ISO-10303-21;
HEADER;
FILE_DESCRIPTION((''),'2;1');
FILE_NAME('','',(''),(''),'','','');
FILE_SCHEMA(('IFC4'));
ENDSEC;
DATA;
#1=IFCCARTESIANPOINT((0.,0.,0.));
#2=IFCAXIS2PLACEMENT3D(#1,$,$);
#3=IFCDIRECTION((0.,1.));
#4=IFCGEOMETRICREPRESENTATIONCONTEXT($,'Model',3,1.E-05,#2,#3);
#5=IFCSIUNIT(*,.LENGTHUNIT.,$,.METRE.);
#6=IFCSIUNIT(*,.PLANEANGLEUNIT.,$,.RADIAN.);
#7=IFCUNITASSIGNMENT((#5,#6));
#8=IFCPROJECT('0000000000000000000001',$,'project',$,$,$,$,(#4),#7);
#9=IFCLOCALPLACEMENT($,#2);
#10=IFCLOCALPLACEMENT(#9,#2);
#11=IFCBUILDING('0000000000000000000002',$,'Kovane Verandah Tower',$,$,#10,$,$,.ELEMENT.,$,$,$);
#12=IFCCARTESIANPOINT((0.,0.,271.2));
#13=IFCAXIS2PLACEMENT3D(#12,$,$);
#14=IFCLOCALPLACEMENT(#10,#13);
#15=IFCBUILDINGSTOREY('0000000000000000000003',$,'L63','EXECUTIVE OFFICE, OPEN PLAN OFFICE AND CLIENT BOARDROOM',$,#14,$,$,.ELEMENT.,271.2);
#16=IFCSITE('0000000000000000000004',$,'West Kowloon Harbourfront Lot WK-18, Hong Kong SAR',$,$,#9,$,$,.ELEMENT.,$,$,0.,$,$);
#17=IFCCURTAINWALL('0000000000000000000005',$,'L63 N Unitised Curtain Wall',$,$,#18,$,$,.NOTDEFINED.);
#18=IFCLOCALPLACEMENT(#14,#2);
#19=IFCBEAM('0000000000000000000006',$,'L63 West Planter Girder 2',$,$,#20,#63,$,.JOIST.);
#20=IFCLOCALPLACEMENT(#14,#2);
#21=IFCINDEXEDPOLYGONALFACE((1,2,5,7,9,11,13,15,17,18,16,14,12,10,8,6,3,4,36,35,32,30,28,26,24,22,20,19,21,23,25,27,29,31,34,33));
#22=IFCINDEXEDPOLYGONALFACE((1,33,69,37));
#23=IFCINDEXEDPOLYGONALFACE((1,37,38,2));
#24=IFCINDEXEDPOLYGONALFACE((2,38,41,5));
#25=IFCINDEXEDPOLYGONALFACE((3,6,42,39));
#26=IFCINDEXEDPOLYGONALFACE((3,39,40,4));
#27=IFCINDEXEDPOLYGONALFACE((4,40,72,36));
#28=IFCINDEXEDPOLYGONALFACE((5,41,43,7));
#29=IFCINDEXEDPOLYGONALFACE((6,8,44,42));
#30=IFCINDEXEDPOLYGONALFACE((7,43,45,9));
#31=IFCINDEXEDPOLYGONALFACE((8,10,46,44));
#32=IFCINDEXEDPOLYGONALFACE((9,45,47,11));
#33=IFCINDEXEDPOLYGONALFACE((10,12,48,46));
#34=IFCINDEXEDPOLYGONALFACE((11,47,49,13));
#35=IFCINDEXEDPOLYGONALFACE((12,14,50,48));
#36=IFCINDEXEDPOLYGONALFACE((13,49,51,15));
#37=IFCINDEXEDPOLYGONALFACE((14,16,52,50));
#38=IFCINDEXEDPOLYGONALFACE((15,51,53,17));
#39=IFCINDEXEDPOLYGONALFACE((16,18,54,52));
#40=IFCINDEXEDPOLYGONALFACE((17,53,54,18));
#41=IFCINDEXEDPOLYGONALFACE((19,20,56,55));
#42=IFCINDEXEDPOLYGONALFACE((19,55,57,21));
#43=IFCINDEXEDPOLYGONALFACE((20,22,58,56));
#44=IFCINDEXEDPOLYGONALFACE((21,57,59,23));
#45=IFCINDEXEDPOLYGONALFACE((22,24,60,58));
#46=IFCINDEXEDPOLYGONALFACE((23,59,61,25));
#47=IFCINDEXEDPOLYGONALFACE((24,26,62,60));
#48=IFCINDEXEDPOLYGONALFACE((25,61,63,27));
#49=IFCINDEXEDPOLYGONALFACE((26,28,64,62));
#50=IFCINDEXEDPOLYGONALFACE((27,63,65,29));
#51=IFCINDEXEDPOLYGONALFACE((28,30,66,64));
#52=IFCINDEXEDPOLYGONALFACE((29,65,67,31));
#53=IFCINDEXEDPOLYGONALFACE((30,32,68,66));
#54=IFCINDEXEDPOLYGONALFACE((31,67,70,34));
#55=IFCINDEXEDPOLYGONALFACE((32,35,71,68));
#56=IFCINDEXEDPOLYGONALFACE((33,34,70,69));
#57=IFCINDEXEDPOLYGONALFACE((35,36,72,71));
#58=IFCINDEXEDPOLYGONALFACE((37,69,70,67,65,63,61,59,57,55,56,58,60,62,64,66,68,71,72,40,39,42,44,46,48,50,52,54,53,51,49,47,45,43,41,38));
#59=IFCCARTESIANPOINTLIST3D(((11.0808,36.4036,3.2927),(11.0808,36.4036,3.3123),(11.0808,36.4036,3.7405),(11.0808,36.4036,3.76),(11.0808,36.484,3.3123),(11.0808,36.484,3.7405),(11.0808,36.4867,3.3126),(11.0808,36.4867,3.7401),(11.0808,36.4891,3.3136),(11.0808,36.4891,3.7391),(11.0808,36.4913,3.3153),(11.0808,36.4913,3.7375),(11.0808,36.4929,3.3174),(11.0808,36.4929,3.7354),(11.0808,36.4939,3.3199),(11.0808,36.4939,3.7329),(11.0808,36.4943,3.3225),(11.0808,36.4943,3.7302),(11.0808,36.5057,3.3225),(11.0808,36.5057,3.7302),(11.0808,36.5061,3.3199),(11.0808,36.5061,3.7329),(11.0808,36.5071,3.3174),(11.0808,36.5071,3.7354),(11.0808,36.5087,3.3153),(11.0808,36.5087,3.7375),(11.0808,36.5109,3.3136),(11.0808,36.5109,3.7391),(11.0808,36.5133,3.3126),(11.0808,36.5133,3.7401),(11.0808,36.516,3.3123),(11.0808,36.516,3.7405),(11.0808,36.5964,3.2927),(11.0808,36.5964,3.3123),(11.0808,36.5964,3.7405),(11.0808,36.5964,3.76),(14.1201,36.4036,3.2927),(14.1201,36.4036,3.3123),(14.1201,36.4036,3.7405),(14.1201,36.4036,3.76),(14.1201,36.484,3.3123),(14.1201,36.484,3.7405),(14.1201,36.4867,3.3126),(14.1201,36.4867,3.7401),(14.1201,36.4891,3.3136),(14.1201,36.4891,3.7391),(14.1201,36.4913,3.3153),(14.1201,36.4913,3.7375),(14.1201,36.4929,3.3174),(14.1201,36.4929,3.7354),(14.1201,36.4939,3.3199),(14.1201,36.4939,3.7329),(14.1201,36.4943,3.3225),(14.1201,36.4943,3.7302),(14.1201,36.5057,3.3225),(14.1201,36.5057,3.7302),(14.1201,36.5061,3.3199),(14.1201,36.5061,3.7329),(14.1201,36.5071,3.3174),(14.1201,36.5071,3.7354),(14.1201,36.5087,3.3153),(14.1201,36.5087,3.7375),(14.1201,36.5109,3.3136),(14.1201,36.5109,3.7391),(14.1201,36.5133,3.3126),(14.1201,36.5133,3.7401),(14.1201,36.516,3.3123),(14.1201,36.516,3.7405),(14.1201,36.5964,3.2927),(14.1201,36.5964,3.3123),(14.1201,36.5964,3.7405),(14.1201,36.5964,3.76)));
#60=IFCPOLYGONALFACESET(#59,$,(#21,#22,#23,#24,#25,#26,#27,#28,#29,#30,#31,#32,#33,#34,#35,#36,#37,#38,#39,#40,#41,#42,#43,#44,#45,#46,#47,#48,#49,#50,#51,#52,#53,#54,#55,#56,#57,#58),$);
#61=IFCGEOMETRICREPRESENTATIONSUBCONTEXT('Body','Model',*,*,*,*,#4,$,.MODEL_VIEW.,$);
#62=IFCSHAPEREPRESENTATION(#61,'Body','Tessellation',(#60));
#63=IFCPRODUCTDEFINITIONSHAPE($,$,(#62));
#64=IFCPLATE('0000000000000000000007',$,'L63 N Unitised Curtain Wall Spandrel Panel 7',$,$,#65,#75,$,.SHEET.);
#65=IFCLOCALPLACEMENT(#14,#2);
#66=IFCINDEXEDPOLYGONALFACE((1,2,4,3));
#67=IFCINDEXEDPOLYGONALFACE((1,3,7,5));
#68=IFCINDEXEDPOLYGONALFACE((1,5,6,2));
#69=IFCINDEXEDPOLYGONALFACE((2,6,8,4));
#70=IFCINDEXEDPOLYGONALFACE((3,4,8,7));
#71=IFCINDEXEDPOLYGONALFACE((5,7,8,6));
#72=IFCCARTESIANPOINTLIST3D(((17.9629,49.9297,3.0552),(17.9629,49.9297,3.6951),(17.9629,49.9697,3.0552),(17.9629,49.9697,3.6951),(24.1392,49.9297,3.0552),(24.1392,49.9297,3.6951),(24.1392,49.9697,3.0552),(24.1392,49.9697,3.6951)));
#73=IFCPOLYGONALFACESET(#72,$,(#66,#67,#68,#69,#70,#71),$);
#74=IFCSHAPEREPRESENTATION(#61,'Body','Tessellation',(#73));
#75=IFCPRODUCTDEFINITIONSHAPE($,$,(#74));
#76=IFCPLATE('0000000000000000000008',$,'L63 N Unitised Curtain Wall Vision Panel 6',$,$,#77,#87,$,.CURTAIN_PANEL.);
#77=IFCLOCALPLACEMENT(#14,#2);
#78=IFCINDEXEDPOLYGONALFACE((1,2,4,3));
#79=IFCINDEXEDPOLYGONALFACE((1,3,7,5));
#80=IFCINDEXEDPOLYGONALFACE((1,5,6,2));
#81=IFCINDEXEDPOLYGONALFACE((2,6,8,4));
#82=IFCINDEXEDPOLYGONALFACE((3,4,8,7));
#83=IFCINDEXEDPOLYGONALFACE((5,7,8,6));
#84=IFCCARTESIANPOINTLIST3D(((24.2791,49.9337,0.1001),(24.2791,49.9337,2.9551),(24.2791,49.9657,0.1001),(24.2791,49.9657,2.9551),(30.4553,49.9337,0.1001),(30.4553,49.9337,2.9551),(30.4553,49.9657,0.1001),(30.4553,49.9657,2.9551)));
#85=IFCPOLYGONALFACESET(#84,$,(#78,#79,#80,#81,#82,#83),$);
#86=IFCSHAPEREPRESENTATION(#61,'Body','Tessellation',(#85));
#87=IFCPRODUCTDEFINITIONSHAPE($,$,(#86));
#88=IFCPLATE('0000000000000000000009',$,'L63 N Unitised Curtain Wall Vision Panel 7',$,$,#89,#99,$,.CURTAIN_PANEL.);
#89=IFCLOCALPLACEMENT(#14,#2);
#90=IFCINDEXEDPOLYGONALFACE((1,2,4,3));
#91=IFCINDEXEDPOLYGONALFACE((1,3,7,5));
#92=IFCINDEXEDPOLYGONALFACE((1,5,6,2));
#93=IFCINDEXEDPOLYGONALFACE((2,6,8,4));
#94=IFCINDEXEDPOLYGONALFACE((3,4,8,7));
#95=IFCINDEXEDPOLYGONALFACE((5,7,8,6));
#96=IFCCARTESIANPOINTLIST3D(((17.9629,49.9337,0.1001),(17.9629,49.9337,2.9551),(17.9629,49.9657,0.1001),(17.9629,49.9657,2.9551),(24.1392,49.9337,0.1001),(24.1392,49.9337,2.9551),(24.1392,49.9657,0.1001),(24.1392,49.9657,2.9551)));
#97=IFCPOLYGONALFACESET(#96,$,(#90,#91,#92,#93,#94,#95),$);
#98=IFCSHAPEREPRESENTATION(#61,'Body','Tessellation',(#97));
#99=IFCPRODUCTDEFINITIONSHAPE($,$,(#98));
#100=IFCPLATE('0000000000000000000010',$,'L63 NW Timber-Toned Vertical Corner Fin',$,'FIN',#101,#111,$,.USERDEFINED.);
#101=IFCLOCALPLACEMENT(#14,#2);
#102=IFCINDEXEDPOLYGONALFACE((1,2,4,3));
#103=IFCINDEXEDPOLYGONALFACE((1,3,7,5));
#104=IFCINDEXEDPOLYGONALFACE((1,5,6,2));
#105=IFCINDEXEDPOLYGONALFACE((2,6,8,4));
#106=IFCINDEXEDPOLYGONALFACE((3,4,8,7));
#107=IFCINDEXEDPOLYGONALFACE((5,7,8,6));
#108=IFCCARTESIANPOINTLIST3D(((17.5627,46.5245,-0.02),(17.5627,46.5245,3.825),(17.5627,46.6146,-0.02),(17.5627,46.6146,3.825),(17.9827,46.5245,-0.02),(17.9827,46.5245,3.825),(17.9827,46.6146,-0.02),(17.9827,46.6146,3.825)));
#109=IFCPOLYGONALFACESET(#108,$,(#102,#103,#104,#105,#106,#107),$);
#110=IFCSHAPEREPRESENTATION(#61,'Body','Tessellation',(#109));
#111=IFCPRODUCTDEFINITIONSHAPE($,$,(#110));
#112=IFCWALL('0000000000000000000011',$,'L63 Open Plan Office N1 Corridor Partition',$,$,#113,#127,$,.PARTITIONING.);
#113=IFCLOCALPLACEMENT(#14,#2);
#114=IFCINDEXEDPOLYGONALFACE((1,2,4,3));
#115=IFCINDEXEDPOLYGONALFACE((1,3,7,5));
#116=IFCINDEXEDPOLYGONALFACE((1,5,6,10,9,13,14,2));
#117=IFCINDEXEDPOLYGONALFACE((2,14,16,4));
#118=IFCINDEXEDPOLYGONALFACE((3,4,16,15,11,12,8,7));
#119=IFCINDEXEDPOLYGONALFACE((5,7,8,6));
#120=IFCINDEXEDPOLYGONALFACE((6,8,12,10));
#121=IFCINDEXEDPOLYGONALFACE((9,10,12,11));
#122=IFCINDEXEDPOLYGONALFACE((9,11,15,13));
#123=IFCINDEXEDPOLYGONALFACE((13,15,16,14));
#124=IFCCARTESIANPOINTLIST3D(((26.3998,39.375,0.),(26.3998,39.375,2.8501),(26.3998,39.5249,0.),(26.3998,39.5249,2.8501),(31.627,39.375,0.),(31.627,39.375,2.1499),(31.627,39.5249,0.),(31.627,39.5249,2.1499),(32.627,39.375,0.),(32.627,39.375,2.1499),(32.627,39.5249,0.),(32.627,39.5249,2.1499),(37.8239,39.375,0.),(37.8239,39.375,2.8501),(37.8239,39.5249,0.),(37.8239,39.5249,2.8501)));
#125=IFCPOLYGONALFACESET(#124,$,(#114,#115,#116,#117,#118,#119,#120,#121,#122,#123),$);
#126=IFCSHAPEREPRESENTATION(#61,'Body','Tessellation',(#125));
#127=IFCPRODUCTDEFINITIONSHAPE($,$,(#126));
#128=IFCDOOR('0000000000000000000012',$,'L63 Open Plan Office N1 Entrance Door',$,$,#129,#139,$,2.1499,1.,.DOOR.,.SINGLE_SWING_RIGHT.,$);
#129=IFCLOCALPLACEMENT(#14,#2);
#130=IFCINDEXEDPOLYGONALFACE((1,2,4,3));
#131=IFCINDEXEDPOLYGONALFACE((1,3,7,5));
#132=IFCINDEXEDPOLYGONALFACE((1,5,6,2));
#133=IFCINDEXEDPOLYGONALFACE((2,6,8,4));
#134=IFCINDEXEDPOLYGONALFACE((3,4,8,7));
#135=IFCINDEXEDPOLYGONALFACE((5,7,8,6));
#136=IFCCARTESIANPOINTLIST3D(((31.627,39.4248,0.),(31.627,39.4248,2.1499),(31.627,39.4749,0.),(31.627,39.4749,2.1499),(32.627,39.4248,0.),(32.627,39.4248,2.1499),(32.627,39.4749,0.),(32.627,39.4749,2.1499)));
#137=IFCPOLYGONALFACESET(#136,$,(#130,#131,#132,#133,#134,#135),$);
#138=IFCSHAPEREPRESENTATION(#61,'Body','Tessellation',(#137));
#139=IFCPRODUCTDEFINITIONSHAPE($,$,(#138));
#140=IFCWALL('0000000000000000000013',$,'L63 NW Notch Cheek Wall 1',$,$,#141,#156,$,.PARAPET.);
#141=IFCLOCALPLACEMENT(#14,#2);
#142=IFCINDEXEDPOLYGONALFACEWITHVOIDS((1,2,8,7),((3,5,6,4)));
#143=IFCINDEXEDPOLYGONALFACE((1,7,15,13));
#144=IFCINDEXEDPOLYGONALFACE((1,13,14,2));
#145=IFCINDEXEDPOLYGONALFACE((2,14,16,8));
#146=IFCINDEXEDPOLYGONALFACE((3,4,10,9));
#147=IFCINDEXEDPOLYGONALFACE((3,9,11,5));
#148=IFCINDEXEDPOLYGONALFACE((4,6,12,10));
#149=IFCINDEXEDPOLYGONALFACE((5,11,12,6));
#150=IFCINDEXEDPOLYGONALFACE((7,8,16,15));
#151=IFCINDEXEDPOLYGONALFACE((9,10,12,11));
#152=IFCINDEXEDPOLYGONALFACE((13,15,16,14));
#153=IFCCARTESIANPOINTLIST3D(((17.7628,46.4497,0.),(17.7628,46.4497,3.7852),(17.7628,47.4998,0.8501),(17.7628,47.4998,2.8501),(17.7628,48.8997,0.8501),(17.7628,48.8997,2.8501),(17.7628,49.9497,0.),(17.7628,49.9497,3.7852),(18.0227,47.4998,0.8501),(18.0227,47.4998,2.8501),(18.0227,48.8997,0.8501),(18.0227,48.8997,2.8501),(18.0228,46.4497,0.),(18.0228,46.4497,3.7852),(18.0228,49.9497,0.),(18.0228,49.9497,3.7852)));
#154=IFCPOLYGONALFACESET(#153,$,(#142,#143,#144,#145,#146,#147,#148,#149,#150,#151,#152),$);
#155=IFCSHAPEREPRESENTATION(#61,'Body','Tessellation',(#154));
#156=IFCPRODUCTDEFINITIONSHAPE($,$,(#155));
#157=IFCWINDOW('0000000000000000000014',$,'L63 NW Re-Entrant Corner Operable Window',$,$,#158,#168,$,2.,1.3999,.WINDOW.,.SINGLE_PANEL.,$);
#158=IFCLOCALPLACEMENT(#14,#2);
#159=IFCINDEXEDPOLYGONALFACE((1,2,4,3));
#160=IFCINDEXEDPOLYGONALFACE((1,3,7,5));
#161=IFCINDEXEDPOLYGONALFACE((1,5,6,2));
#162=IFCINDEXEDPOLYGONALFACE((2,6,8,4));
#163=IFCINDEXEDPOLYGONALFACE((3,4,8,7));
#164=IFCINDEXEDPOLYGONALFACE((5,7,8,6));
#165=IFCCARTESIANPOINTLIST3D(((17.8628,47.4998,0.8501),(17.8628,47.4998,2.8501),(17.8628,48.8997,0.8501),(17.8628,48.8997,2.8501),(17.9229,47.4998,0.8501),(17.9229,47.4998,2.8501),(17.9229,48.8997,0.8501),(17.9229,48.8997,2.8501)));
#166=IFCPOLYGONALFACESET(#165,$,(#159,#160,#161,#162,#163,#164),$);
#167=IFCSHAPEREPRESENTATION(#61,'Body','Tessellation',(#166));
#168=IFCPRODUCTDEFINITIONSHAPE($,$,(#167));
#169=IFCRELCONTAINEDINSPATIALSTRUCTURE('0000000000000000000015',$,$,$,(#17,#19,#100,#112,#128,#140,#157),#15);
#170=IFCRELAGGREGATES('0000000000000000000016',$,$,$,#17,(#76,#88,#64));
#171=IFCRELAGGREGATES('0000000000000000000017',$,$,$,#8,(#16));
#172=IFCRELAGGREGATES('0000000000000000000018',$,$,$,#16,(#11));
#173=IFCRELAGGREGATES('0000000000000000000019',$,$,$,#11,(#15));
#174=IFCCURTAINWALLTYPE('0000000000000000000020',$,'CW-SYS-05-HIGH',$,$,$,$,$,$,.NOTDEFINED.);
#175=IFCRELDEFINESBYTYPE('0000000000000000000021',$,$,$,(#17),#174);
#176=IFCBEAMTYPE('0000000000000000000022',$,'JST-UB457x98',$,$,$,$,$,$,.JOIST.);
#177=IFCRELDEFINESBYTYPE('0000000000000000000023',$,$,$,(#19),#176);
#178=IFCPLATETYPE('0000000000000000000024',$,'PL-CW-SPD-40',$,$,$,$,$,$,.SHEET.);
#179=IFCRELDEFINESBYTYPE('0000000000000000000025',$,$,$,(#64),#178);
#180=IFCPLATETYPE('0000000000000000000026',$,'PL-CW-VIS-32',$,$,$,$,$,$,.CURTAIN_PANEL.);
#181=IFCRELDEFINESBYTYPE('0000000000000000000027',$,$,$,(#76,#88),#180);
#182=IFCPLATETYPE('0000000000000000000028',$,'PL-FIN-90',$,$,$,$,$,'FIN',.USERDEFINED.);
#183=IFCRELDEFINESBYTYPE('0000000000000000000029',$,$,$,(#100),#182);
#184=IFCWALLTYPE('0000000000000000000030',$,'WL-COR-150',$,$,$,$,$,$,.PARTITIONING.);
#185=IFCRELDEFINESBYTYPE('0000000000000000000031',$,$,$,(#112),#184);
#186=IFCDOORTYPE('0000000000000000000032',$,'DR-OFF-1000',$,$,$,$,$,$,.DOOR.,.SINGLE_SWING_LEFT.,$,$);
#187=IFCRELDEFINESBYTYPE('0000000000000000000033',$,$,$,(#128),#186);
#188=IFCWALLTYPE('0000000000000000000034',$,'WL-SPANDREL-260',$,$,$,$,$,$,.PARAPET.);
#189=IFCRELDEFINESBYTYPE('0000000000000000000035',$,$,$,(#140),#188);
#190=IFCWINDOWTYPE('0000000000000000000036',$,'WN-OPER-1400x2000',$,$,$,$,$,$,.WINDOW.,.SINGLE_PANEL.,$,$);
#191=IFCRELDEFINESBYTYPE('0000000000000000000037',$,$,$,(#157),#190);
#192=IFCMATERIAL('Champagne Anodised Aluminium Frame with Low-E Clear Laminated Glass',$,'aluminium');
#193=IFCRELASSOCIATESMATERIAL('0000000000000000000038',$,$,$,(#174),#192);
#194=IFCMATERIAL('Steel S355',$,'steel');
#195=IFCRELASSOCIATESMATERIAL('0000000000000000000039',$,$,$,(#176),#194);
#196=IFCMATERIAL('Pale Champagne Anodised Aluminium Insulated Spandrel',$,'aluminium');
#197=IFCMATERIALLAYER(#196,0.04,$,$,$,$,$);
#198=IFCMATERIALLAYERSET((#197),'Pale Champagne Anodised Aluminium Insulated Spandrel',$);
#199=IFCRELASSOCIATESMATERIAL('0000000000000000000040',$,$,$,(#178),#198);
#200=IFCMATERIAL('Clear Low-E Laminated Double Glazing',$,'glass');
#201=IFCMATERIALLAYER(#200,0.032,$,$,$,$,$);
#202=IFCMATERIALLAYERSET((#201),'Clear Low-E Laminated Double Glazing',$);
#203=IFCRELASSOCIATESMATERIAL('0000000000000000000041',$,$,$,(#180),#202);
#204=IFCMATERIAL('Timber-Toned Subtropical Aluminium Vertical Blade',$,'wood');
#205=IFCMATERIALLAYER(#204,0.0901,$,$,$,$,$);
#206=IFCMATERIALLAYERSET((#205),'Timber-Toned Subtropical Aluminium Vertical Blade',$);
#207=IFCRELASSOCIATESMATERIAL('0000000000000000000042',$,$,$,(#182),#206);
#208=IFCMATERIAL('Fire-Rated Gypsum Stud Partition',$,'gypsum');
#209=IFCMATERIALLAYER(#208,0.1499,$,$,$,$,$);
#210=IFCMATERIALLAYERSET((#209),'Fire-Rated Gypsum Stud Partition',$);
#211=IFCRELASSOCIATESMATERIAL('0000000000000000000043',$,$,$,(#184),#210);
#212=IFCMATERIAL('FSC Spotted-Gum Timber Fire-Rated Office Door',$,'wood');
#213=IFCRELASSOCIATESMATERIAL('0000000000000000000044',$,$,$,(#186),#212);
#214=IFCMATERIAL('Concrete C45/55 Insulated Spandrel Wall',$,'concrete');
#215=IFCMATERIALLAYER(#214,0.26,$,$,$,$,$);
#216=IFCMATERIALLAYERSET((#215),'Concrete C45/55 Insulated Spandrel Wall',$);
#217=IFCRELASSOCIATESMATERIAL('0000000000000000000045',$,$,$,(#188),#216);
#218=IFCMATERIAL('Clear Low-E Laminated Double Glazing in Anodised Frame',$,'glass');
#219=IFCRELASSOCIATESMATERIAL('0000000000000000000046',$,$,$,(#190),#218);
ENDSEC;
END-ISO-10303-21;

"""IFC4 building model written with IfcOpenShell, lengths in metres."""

from ifc_helpers import new_model, si_unit, direction, frame, frame_2d, origin, origin_2d, place, context, subcontext, project, spatial, rectangle, i_section, extrude, material, layer, layer_set, material_profile, profile_set, type_object, element, fill, aggregate, save


model = new_model("IFC4")

# Units and contexts
model_context = context("Model", 3, precision=1e-05, world=origin(), true_north=direction((0.0, 1.0)))
body_context = subcontext(model_context, "Body", "Model", "MODEL_VIEW")
ifc_project = project(units=[si_unit("LENGTHUNIT", "METRE"), si_unit("PLANEANGLEUNIT", "RADIAN")], contexts=[model_context])

# Site, building, storey
site_placement = place(None, origin())
site = spatial("IfcSite", under=ifc_project, at=site_placement, Name="West Kowloon Harbourfront Lot WK-18, Hong Kong SAR", CompositionType="ELEMENT", RefElevation=0.0)
building_placement = place(site_placement, origin())
building = spatial("IfcBuilding", under=site, at=building_placement, Name="Kovane Verandah Tower", CompositionType="ELEMENT")
storey_placement = place(building_placement, frame((0.0, 0.0, 271.2)))
storey = spatial("IfcBuildingStorey", under=building, at=storey_placement, Name="L63", Description="EXECUTIVE OFFICE, OPEN PLAN OFFICE AND CLIENT BOARDROOM", CompositionType="ELEMENT", Elevation=271.2)

# Shared definitions
ifc_material_1 = material(Name="Steel S355", Category="steel")

# Curtain wall
ifc_material_2 = material(Name="Champagne Anodised Aluminium Frame with Low-E Clear Laminated Glass", Category="aluminium")
curtain_wall_type = type_object("IfcCurtainWallType", Name="CW-SYS-05-HIGH", PredefinedType="NOTDEFINED", material=ifc_material_2)
curtain_wall_placement = place(storey_placement, origin())
curtain_wall = element("IfcCurtainWall", 1, at=curtain_wall_placement, inside=storey, type_object=curtain_wall_type, Name="L63 N Unitised Curtain Wall", PredefinedType="NOTDEFINED")

# Beam
ifc_material_profile_1 = material_profile(ifc_material_1, i_section(OverallWidth=0.1929, OverallDepth=0.4673, WebThickness=0.0115, FlangeThickness=0.0195, FilletRadius=0.0103, at=origin_2d()), Name="UB457x191x98")
ifc_profile_set_1 = profile_set([ifc_material_profile_1], Name="Steel S355")
beam_type_1 = type_object("IfcBeamType", Name="JST-UB457x98", PredefinedType="JOIST", material=ifc_profile_set_1)
beam_1_placement = place(storey_placement, frame((14.1201, 36.5, 3.5264), z_axis=(-1.0, 0.0, 0.0), x_axis=(0.0, -1.0, 0.0)))
element("IfcBeam", 2, at=beam_1_placement, inside=storey, type_object=beam_type_1, Name="L63 West Planter Girder 2", PredefinedType="JOIST", context=body_context, shape_type="SweptSolid", body=[
    extrude(i_section(OverallWidth=0.1929, OverallDepth=0.4673, WebThickness=0.0115, FlangeThickness=0.0195, FilletRadius=0.0103, at=origin_2d()), origin(), (0.0, 0.0, 1.0), 3.0393),
])

# Plates
ifc_material_3 = material(Name="Pale Champagne Anodised Aluminium Insulated Spandrel", Category="aluminium")
ifc_layer_1 = layer(ifc_material_3, 0.04)
ifc_layer_set_1 = layer_set([ifc_layer_1], Name="Pale Champagne Anodised Aluminium Insulated Spandrel")
plate_type_1 = type_object("IfcPlateType", Name="PL-CW-SPD-40", PredefinedType="SHEET", material=ifc_layer_set_1)
plate_1_placement = place(storey_placement, frame((21.051, 49.9497, 3.0552), z_axis=(0.0, 0.0, 1.0), x_axis=(-1.0, 0.0, 0.0)))
plate_1 = element("IfcPlate", 3, at=plate_1_placement, type_object=plate_type_1, Name="L63 N Unitised Curtain Wall Spandrel Panel 7", PredefinedType="SHEET", context=body_context, shape_type="SweptSolid", body=[
    extrude(rectangle(XDim=6.1763, YDim=0.04, at=origin_2d()), origin(), (0.0, 0.0, 1.0), 0.6399),
])
ifc_material_4 = material(Name="Clear Low-E Laminated Double Glazing", Category="glass")
ifc_layer_2 = layer(ifc_material_4, 0.032)
ifc_layer_set_2 = layer_set([ifc_layer_2], Name="Clear Low-E Laminated Double Glazing")
plate_type_2 = type_object("IfcPlateType", Name="PL-CW-VIS-32", PredefinedType="CURTAIN_PANEL", material=ifc_layer_set_2)
plate_2_placement = place(storey_placement, frame((27.3672, 49.9497, 0.1001), z_axis=(0.0, 0.0, 1.0), x_axis=(-1.0, 0.0, 0.0)))
plate_2 = element("IfcPlate", 4, at=plate_2_placement, type_object=plate_type_2, Name="L63 N Unitised Curtain Wall Vision Panel 6", PredefinedType="CURTAIN_PANEL", context=body_context, shape_type="SweptSolid", body=[
    extrude(rectangle(XDim=6.1763, YDim=0.032, at=origin_2d()), origin(), (0.0, 0.0, 1.0), 2.855),
])
plate_3_placement = place(storey_placement, frame((21.051, 49.9497, 0.1001), z_axis=(0.0, 0.0, 1.0), x_axis=(-1.0, 0.0, 0.0)))
plate_3 = element("IfcPlate", 5, at=plate_3_placement, type_object=plate_type_2, Name="L63 N Unitised Curtain Wall Vision Panel 7", PredefinedType="CURTAIN_PANEL", context=body_context, shape_type="SweptSolid", body=[
    extrude(rectangle(XDim=6.1763, YDim=0.032, at=origin_2d()), origin(), (0.0, 0.0, 1.0), 2.855),
])
aggregate(curtain_wall, [plate_2, plate_3, plate_1])
ifc_material_5 = material(Name="Timber-Toned Subtropical Aluminium Vertical Blade", Category="wood")
ifc_layer_3 = layer(ifc_material_5, 0.0901)
ifc_layer_set_3 = layer_set([ifc_layer_3], Name="Timber-Toned Subtropical Aluminium Vertical Blade")
plate_type_3 = type_object("IfcPlateType", Name="PL-FIN-90", ElementType="FIN", PredefinedType="USERDEFINED", material=ifc_layer_set_3)
plate_4_placement = place(storey_placement, frame((17.7727, 46.5696, -0.02), z_axis=(0.0, 0.0, 1.0), x_axis=(1.0, 0.0, 0.0)))
element("IfcPlate", 6, at=plate_4_placement, inside=storey, type_object=plate_type_3, Name="L63 NW Timber-Toned Vertical Corner Fin", ObjectType="FIN", PredefinedType="USERDEFINED", context=body_context, shape_type="SweptSolid", body=[
    extrude(rectangle(XDim=0.4199, YDim=0.0901, at=origin_2d()), origin(), (0.0, 0.0, 1.0), 3.845),
])

# Wall, opening, door
ifc_material_6 = material(Name="Fire-Rated Gypsum Stud Partition", Category="gypsum")
ifc_layer_4 = layer(ifc_material_6, 0.1499)
ifc_layer_set_4 = layer_set([ifc_layer_4], Name="Fire-Rated Gypsum Stud Partition")
wall_type_1 = type_object("IfcWallType", Name="WL-COR-150", PredefinedType="PARTITIONING", material=ifc_layer_set_4)
wall_1_placement = place(storey_placement, frame((26.3999, 39.45, 0.0), z_axis=(0.0, 0.0, 1.0), x_axis=(1.0, 0.0, 0.0)))
wall_1 = element("IfcWall", 7, at=wall_1_placement, inside=storey, type_object=wall_type_1, Name="L63 Open Plan Office N1 Corridor Partition", PredefinedType="PARTITIONING", context=body_context, shape_type="SweptSolid", body=[
    extrude(rectangle(XDim=11.4241, YDim=0.1499, at=frame_2d((5.7119, 0.0))), origin(), (0.0, 0.0, 1.0), 2.8501),
])
opening_1_placement = place(wall_1_placement, frame((5.2271, 0.0, 0.0)))
opening_1 = element("IfcOpeningElement", 8, at=opening_1_placement, cuts=wall_1, PredefinedType="OPENING", context=body_context, shape_type="SweptSolid", body=[
    extrude(rectangle(XDim=1.0, YDim=2.1499, at=frame_2d((0.5, 1.075))), frame((0.0, 0.075, 0.0), z_axis=(0.0, -1.0, 0.0), x_axis=(1.0, 0.0, 0.0)), (0.0, 0.0, 1.0), 0.1499),
])
ifc_material_7 = material(Name="FSC Spotted-Gum Timber Fire-Rated Office Door", Category="wood")
door_type_1 = type_object("IfcDoorType", Name="DR-OFF-1000", OperationType="SINGLE_SWING_LEFT", PredefinedType="DOOR", material=ifc_material_7)
door_1_placement = place(opening_1_placement, origin())
door_1 = element("IfcDoor", 9, at=door_1_placement, inside=storey, type_object=door_type_1, Name="L63 Open Plan Office N1 Entrance Door", OperationType="SINGLE_SWING_RIGHT", OverallHeight=2.1499, OverallWidth=1.0, PredefinedType="DOOR", context=body_context, shape_type="SweptSolid", body=[
    extrude(rectangle(XDim=1.0, YDim=2.1499, at=frame_2d((0.5, 1.075))), frame((0.0, 0.0249, 0.0), z_axis=(0.0, -1.0, 0.0), x_axis=(1.0, 0.0, 0.0)), (0.0, 0.0, 1.0), 0.05),
])
fill(opening_1, door_1)

# Shared definitions
ifc_material_8 = material(Name="Concrete C45/55 Insulated Spandrel Wall", Category="concrete")
ifc_layer_5 = layer(ifc_material_8, 0.26)
ifc_layer_set_5 = layer_set([ifc_layer_5], Name="Concrete C45/55 Insulated Spandrel Wall")
wall_type_2 = type_object("IfcWallType", Name="WL-SPANDREL-260", PredefinedType="PARAPET", material=ifc_layer_set_5)
ifc_material_9 = material(Name="Clear Low-E Laminated Double Glazing in Anodised Frame", Category="glass")

# Wall, opening, window
wall_2_placement = place(storey_placement, frame((17.8928, 49.9497, 0.0), z_axis=(0.0, 0.0, 1.0), x_axis=(0.0, -1.0, 0.0)))
wall_2 = element("IfcWall", 10, at=wall_2_placement, inside=storey, type_object=wall_type_2, Name="L63 NW Notch Cheek Wall 1", PredefinedType="PARAPET", context=body_context, shape_type="SweptSolid", body=[
    extrude(rectangle(XDim=3.5, YDim=0.26, at=frame_2d((1.75, 0.0))), origin(), (0.0, 0.0, 1.0), 3.7852),
])
opening_2_placement = place(wall_2_placement, frame((1.05, 0.0, 0.8501)))
opening_2 = element("IfcOpeningElement", 11, at=opening_2_placement, cuts=wall_2, PredefinedType="OPENING", context=body_context, shape_type="SweptSolid", body=[
    extrude(rectangle(XDim=1.3999, YDim=2.0, at=frame_2d((0.7, 1.0))), frame((0.0, 0.1299, 0.0), z_axis=(0.0, -1.0, 0.0), x_axis=(1.0, 0.0, 0.0)), (0.0, 0.0, 1.0), 0.26),
])
window_type_1 = type_object("IfcWindowType", Name="WN-OPER-1400x2000", PartitioningType="SINGLE_PANEL", PredefinedType="WINDOW", material=ifc_material_9)
window_1_placement = place(opening_2_placement, origin())
window_1 = element("IfcWindow", 12, at=window_1_placement, inside=storey, type_object=window_type_1, Name="L63 NW Re-Entrant Corner Operable Window", OverallHeight=2.0, OverallWidth=1.3999, PartitioningType="SINGLE_PANEL", PredefinedType="WINDOW", context=body_context, shape_type="SweptSolid", body=[
    extrude(rectangle(XDim=1.3999, YDim=2.0, at=frame_2d((0.7, 1.0))), frame((0.0, 0.03, 0.0), z_axis=(0.0, -1.0, 0.0), x_axis=(1.0, 0.0, 0.0)), (0.0, 0.0, 1.0), 0.0601),
])
fill(opening_2, window_1)

save(model, "model.ifc")
